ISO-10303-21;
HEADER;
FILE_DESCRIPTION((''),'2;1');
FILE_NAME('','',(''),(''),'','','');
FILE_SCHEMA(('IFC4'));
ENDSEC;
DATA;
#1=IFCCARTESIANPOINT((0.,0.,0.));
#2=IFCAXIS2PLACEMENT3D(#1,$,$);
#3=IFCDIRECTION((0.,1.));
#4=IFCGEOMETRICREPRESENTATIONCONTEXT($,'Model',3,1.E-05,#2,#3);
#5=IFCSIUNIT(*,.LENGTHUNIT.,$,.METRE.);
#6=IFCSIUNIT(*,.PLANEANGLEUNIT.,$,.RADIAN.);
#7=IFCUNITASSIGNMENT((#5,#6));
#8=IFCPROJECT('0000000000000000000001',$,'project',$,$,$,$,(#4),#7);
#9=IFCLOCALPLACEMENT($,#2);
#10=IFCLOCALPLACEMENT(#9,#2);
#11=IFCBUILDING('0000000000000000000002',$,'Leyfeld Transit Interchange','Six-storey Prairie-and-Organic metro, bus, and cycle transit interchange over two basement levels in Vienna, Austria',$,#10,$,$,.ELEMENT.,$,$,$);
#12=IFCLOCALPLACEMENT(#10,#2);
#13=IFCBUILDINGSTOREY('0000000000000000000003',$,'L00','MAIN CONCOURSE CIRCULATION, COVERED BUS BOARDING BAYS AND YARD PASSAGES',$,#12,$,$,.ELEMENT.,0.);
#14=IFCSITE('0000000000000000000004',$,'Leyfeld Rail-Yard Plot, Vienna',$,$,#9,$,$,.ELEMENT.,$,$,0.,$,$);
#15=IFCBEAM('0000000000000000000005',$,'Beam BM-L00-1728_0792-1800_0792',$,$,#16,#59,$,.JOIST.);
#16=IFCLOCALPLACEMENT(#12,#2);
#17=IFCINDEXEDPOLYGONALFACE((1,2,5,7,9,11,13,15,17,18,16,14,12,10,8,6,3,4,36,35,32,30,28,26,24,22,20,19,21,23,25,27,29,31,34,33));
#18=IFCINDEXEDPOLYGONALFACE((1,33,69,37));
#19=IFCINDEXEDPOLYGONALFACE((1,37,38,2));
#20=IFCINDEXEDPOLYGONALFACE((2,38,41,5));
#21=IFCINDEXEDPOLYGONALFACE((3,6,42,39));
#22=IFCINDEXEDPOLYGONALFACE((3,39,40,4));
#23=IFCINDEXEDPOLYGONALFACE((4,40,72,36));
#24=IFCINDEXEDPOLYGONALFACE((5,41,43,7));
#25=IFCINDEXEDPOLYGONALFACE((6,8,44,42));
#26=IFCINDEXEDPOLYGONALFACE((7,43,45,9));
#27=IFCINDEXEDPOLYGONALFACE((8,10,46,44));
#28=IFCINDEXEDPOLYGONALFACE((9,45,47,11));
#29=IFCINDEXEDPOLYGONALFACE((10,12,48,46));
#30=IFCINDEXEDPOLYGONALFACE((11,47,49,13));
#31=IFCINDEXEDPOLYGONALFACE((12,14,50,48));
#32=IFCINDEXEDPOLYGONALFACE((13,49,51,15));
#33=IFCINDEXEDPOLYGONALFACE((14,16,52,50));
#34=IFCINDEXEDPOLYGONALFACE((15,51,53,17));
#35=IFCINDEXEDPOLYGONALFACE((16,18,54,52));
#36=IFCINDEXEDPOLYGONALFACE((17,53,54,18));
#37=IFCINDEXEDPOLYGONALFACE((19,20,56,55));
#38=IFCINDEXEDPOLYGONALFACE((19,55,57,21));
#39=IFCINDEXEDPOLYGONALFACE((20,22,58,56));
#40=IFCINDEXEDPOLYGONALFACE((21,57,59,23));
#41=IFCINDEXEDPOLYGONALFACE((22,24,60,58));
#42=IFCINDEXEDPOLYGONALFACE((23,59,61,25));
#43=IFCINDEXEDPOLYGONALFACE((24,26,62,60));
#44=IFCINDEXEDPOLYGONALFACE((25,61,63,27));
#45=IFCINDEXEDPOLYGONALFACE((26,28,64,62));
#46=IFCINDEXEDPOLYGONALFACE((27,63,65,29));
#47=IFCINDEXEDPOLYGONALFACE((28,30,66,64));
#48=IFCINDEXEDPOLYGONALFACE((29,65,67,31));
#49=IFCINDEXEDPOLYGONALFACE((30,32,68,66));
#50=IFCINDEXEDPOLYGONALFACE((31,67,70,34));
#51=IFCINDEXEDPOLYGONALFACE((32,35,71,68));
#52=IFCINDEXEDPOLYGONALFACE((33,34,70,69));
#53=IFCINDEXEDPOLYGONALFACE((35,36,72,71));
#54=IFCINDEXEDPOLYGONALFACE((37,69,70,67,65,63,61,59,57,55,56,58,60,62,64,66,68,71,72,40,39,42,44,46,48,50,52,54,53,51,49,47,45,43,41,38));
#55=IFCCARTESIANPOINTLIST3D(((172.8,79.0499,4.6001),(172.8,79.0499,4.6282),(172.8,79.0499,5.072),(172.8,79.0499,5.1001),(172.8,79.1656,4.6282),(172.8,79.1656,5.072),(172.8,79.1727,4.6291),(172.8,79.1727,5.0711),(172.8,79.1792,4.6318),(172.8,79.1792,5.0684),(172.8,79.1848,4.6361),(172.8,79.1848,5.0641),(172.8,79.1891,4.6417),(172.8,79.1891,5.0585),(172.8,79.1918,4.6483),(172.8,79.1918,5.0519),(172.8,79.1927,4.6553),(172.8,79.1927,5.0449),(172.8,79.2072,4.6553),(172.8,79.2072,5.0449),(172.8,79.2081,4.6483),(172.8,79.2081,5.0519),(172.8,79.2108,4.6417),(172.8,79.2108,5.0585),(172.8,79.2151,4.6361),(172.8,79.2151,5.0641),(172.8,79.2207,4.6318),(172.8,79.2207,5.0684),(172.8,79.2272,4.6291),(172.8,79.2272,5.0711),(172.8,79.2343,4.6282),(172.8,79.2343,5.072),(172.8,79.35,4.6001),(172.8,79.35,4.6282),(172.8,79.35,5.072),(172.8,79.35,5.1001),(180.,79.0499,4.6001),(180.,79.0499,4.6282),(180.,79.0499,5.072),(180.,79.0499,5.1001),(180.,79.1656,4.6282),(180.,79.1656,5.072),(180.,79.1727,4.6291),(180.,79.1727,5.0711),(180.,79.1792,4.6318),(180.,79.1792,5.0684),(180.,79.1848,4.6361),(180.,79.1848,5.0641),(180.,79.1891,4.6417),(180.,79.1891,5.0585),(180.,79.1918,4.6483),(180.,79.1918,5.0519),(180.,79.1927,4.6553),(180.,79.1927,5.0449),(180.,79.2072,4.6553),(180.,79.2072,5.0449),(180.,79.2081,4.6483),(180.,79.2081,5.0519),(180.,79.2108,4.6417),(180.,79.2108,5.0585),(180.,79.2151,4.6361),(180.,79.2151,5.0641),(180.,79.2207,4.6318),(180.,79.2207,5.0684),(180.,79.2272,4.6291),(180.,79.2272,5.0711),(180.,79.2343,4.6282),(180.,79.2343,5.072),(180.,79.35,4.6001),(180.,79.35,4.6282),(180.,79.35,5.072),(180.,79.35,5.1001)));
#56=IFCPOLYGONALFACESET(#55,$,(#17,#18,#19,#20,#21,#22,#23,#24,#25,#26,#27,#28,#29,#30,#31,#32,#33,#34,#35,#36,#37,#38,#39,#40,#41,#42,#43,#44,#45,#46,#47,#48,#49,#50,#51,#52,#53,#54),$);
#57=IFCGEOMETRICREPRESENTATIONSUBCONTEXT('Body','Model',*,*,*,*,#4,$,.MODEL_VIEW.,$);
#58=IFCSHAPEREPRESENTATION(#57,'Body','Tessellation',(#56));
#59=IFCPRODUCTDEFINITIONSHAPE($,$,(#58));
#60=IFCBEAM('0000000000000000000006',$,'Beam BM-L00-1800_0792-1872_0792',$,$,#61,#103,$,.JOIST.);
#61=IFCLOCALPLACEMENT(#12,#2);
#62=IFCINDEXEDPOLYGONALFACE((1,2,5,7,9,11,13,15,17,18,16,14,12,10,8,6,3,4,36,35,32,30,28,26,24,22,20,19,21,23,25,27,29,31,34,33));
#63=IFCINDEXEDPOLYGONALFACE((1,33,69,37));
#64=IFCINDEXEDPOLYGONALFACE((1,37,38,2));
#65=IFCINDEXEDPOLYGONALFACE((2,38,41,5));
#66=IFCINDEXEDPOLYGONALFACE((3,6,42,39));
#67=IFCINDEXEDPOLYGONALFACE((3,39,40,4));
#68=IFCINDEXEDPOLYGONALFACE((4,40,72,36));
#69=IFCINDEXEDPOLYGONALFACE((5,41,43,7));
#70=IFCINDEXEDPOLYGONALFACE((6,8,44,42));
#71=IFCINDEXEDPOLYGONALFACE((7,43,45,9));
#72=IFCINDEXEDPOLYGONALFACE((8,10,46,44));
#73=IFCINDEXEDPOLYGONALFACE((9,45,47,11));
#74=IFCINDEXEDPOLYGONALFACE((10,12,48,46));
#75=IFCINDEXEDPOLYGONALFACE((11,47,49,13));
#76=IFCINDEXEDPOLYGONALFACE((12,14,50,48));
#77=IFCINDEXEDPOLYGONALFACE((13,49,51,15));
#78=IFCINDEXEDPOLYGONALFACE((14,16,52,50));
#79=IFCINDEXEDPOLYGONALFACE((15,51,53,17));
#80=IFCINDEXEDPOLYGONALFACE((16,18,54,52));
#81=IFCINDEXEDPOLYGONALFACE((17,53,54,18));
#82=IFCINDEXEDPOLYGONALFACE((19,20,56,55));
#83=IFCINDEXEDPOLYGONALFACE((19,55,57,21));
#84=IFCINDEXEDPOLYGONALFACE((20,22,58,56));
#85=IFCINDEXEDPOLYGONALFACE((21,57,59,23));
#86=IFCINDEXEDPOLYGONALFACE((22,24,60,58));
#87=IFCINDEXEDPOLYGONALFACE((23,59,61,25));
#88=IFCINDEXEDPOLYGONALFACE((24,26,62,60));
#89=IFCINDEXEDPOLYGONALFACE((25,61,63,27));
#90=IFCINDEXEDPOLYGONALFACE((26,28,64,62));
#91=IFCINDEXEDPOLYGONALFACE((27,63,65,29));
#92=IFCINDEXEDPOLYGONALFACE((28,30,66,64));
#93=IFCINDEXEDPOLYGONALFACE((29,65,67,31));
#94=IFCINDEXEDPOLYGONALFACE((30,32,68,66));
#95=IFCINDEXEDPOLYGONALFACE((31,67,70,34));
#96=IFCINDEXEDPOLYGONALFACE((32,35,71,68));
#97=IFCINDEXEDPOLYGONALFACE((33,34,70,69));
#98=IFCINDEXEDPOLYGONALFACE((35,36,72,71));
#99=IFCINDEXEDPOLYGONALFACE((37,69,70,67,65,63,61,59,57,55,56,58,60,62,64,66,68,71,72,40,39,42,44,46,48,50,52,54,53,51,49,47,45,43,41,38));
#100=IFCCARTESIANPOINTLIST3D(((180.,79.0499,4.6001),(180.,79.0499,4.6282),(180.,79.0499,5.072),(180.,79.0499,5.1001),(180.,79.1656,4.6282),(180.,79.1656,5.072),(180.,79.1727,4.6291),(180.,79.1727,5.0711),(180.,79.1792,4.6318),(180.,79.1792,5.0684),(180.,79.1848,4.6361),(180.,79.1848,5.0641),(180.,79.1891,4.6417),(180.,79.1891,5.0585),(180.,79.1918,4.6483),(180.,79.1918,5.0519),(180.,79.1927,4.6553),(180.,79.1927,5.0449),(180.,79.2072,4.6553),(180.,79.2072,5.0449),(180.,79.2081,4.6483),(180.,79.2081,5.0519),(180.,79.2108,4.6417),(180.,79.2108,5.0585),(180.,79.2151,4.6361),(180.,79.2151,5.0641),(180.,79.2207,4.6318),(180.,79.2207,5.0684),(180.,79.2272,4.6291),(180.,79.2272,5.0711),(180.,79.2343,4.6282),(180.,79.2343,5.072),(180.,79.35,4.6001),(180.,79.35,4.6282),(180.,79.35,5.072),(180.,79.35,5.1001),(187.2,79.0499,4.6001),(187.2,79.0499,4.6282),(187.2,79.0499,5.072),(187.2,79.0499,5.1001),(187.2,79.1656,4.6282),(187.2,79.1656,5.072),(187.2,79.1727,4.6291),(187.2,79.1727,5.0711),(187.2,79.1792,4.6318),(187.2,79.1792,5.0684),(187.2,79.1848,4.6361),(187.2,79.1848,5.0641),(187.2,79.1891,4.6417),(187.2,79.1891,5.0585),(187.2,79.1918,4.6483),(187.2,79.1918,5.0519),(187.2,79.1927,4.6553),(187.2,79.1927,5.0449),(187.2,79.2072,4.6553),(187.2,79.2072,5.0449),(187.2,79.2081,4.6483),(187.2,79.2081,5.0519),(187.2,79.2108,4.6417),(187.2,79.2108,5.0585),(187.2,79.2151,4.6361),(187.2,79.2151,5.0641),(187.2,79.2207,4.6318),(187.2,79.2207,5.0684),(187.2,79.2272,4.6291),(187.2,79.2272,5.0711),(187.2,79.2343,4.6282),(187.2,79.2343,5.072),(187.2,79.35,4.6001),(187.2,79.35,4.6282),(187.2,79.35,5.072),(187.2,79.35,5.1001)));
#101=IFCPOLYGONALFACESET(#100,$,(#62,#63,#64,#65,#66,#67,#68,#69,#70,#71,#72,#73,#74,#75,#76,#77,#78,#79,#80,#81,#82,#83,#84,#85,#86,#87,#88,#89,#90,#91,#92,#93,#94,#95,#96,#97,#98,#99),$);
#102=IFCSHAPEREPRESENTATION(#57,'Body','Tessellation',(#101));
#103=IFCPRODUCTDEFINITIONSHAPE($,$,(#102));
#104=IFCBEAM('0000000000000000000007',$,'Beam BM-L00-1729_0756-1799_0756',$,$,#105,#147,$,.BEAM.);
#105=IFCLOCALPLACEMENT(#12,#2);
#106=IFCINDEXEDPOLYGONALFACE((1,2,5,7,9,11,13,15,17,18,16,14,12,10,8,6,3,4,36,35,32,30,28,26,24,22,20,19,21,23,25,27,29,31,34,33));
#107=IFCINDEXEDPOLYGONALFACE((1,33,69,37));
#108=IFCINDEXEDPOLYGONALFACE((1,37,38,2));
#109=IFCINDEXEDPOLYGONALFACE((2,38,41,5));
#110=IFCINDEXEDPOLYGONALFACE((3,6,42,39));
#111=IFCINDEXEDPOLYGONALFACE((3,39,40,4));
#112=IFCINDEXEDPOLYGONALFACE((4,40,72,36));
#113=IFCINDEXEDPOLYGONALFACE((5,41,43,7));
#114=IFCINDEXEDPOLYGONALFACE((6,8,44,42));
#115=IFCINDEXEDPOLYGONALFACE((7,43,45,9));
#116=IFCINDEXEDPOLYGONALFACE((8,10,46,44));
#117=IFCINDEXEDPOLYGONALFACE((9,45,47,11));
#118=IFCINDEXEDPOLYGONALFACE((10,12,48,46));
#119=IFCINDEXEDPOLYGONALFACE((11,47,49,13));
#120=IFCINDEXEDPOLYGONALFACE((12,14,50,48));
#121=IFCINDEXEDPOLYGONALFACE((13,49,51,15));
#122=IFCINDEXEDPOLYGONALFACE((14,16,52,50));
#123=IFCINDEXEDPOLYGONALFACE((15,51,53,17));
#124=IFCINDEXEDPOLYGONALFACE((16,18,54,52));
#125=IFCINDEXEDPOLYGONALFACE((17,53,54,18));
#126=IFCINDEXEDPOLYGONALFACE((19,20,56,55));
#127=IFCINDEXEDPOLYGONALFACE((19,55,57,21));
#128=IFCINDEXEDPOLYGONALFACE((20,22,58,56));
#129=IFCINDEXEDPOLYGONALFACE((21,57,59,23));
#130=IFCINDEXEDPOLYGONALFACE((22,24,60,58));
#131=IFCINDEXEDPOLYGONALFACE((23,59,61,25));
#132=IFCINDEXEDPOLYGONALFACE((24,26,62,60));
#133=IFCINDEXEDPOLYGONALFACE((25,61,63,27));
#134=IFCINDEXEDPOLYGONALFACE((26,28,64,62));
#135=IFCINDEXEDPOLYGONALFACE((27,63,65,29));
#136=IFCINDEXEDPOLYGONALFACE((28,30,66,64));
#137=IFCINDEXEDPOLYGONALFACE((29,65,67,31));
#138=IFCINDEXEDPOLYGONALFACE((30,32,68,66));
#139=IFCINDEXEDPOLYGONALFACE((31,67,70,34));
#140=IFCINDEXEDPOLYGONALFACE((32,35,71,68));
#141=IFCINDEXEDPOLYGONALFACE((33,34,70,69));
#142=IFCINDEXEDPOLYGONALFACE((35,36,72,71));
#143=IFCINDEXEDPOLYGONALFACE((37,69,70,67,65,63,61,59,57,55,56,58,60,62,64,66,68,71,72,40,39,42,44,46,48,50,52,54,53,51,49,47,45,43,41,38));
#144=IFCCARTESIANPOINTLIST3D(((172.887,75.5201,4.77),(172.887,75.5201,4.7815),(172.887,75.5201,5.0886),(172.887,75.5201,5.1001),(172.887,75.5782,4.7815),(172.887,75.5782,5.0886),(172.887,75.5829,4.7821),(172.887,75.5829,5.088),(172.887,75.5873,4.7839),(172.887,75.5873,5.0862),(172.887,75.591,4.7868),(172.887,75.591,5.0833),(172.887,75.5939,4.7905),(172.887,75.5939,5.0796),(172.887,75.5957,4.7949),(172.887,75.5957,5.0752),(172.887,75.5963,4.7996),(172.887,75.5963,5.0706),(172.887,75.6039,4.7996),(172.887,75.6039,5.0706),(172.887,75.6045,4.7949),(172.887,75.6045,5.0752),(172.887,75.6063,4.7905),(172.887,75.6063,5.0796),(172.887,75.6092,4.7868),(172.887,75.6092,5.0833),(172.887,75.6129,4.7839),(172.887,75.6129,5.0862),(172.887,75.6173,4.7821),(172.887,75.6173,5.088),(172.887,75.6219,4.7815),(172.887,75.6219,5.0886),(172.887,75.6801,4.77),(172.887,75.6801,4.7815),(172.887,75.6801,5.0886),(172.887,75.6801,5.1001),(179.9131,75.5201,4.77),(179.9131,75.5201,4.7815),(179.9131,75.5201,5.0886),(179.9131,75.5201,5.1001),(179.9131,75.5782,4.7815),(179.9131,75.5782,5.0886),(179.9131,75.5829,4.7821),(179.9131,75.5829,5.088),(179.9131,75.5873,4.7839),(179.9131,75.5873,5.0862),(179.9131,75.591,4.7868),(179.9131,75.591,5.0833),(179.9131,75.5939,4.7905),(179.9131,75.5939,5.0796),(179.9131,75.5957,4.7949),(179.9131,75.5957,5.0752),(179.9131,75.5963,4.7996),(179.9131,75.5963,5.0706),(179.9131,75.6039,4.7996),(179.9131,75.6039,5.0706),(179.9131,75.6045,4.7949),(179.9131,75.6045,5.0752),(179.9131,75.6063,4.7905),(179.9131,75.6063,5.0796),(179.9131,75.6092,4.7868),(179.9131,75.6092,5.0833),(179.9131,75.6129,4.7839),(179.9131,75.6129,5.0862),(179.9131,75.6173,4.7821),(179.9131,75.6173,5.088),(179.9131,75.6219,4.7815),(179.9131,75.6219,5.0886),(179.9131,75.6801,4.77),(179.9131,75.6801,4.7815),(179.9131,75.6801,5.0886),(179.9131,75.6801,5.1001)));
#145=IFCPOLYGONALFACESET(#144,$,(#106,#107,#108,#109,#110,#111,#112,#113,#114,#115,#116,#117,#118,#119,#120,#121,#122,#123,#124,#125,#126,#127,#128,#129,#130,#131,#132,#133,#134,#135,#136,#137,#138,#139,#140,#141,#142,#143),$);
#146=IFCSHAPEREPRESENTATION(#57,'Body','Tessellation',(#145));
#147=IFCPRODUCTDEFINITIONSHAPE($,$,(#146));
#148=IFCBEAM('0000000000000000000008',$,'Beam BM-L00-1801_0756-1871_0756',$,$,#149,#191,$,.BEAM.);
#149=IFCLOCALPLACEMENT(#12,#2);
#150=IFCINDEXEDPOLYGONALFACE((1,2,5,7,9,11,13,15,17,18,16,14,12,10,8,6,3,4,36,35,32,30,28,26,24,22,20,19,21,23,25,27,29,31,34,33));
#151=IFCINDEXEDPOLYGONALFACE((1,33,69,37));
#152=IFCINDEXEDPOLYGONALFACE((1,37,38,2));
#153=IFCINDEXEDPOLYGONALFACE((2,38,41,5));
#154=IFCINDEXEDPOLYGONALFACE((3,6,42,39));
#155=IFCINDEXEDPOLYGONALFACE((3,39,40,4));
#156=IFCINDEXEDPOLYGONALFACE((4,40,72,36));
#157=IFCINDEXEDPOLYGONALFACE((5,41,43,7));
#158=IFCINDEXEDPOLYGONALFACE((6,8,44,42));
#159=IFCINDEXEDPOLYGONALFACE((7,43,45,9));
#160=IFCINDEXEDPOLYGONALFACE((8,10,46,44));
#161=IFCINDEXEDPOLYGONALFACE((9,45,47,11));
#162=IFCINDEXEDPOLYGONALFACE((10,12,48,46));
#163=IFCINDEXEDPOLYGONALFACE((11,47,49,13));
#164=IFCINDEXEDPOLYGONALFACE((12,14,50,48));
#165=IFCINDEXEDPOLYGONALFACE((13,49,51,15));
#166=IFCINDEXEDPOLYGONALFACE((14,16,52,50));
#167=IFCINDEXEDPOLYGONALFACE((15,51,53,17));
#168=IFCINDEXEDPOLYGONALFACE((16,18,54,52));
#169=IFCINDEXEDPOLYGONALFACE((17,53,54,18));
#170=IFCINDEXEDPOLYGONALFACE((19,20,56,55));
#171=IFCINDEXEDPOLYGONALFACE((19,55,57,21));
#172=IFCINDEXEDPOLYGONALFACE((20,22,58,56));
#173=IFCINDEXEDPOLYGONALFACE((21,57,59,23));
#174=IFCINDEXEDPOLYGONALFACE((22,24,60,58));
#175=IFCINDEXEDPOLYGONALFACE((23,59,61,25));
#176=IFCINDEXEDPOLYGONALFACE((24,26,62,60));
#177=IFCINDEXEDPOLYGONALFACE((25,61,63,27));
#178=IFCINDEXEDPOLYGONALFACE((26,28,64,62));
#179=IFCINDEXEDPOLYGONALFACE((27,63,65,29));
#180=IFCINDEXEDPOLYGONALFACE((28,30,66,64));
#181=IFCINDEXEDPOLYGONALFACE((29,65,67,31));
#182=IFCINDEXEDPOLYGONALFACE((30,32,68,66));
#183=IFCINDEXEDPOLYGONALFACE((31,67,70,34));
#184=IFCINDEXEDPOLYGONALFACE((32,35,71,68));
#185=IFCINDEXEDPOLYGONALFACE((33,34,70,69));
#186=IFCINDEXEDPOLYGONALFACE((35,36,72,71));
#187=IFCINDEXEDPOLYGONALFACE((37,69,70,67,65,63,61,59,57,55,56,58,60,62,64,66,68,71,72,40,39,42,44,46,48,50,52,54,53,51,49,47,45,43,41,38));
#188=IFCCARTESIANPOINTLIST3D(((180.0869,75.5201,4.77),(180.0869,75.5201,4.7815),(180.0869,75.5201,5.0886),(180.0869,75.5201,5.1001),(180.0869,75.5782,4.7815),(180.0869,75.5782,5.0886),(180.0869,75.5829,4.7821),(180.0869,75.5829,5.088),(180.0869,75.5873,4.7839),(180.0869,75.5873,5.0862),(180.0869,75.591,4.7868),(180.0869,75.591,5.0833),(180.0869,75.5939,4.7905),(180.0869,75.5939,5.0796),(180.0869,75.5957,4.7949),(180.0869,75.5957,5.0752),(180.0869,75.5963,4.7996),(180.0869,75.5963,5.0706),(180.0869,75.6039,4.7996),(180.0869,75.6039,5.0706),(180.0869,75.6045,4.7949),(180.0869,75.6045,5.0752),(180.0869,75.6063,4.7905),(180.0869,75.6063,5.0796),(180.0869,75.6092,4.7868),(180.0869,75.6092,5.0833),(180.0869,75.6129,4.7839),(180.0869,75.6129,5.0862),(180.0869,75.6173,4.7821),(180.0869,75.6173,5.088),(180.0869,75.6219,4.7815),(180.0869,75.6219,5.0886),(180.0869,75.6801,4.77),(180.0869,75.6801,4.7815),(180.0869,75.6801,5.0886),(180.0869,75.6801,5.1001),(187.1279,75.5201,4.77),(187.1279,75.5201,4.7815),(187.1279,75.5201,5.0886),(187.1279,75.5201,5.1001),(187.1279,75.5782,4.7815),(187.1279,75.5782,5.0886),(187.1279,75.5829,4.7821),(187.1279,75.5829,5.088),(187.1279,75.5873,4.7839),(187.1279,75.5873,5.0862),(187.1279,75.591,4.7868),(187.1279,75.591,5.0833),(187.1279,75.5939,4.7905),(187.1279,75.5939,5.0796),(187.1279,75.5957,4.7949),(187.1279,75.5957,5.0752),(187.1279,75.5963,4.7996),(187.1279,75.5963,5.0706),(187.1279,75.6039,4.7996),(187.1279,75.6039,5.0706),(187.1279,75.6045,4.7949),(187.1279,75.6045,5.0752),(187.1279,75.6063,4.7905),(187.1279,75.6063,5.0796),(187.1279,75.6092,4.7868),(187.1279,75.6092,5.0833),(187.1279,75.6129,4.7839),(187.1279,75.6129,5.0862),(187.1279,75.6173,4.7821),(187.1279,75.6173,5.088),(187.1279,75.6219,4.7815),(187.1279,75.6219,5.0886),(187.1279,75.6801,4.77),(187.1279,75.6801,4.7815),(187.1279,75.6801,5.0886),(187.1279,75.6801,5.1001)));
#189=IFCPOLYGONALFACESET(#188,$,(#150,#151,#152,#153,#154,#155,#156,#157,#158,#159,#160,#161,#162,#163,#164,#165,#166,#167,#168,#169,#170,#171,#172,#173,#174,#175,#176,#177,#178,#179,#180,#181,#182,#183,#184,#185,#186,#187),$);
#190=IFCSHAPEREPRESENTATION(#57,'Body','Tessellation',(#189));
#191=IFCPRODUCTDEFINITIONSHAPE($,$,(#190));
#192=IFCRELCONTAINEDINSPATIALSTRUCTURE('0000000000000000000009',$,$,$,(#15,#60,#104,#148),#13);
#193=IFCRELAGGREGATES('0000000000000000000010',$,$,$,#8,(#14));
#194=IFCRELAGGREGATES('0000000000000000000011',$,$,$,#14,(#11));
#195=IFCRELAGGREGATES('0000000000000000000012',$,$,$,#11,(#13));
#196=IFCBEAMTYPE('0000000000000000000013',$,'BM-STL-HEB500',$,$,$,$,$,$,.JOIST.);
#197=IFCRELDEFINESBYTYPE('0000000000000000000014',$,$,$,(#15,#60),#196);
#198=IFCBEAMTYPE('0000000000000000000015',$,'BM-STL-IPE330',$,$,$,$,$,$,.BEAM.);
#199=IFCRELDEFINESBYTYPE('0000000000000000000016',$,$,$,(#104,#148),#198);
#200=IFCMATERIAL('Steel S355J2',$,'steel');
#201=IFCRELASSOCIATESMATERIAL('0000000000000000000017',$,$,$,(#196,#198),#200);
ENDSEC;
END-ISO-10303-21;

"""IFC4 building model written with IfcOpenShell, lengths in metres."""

from ifc_helpers import new_model, si_unit, direction, frame, origin, origin_2d, place, context, subcontext, project, spatial, i_section, extrude, material, material_profile, profile_set, type_object, element, save


model = new_model("IFC4")

# Units and contexts
model_context = context("Model", 3, precision=1e-05, world=origin(), true_north=direction((0.0, 1.0)))
body_context = subcontext(model_context, "Body", "Model", "MODEL_VIEW")
ifc_project = project(units=[si_unit("LENGTHUNIT", "METRE"), si_unit("PLANEANGLEUNIT", "RADIAN")], contexts=[model_context])

# Site, building, storey
site_placement = place(None, origin())
site = spatial("IfcSite", under=ifc_project, at=site_placement, Name="Leyfeld Rail-Yard Plot, Vienna", CompositionType="ELEMENT", RefElevation=0.0)
building_placement = place(site_placement, origin())
building = spatial("IfcBuilding", under=site, at=building_placement, Name="Leyfeld Transit Interchange", Description="Six-storey Prairie-and-Organic metro, bus, and cycle transit interchange over two basement levels in Vienna, Austria", CompositionType="ELEMENT")
storey_placement = place(building_placement, origin())
storey = spatial("IfcBuildingStorey", under=building, at=storey_placement, Name="L00", Description="MAIN CONCOURSE CIRCULATION, COVERED BUS BOARDING BAYS AND YARD PASSAGES", CompositionType="ELEMENT", Elevation=0.0)

# Beams
ifc_material_1 = material(Name="Steel S355J2", Category="steel")
ifc_material_profile_1 = material_profile(ifc_material_1, i_section(OverallWidth=0.3, OverallDepth=0.5, WebThickness=0.0144, FlangeThickness=0.0281, FilletRadius=0.0271, at=origin_2d()), Name="HEB 500")
ifc_profile_set_1 = profile_set([ifc_material_profile_1], Name="Steel S355J2")
beam_type_1 = type_object("IfcBeamType", Name="BM-STL-HEB500", PredefinedType="JOIST", material=ifc_profile_set_1)
for number, where, z_axis, x_axis, name in (
    (1, (172.8, 79.2, 4.8501), (1.0, 0.0, 0.0), (0.0, 1.0, 0.0), "Beam BM-L00-1728_0792-1800_0792"),
    (2, (180.0, 79.2, 4.8501), (1.0, 0.0, 0.0), (0.0, 1.0, 0.0), "Beam BM-L00-1800_0792-1872_0792"),
):
    element("IfcBeam", number, at=place(storey_placement, frame(where, z_axis=z_axis, x_axis=x_axis)), inside=storey, type_object=beam_type_1, Name=name, PredefinedType="JOIST", context=body_context, shape_type="SweptSolid", body=[
        extrude(i_section(OverallWidth=0.3, OverallDepth=0.5, WebThickness=0.0144, FlangeThickness=0.0281, FilletRadius=0.0271, at=origin_2d()), origin(), (0.0, 0.0, 1.0), 7.2),
    ])
ifc_material_profile_2 = material_profile(ifc_material_1, i_section(OverallWidth=0.1599, OverallDepth=0.3301, WebThickness=0.0076, FlangeThickness=0.0115, FilletRadius=0.0181, at=origin_2d()), Name="IPE 330")
ifc_profile_set_2 = profile_set([ifc_material_profile_2], Name="Steel S355J2")
beam_type_2 = type_object("IfcBeamType", Name="BM-STL-IPE330", PredefinedType="BEAM", material=ifc_profile_set_2)
beam_1_placement = place(storey_placement, frame((172.887, 75.6001, 4.9351), z_axis=(1.0, 0.0, 0.0), x_axis=(0.0, 1.0, 0.0)))
element("IfcBeam", 3, at=beam_1_placement, inside=storey, type_object=beam_type_2, Name="Beam BM-L00-1729_0756-1799_0756", PredefinedType="BEAM", context=body_context, shape_type="SweptSolid", body=[
    extrude(i_section(OverallWidth=0.1599, OverallDepth=0.3301, WebThickness=0.0076, FlangeThickness=0.0115, FilletRadius=0.0181, at=origin_2d()), origin(), (0.0, 0.0, 1.0), 7.0261),
])
beam_2_placement = place(storey_placement, frame((180.0869, 75.6001, 4.9351), z_axis=(1.0, 0.0, 0.0), x_axis=(0.0, 1.0, 0.0)))
element("IfcBeam", 4, at=beam_2_placement, inside=storey, type_object=beam_type_2, Name="Beam BM-L00-1801_0756-1871_0756", PredefinedType="BEAM", context=body_context, shape_type="SweptSolid", body=[
    extrude(i_section(OverallWidth=0.1599, OverallDepth=0.3301, WebThickness=0.0076, FlangeThickness=0.0115, FilletRadius=0.0181, at=origin_2d()), origin(), (0.0, 0.0, 1.0), 7.041),
])

save(model, "model.ifc")
